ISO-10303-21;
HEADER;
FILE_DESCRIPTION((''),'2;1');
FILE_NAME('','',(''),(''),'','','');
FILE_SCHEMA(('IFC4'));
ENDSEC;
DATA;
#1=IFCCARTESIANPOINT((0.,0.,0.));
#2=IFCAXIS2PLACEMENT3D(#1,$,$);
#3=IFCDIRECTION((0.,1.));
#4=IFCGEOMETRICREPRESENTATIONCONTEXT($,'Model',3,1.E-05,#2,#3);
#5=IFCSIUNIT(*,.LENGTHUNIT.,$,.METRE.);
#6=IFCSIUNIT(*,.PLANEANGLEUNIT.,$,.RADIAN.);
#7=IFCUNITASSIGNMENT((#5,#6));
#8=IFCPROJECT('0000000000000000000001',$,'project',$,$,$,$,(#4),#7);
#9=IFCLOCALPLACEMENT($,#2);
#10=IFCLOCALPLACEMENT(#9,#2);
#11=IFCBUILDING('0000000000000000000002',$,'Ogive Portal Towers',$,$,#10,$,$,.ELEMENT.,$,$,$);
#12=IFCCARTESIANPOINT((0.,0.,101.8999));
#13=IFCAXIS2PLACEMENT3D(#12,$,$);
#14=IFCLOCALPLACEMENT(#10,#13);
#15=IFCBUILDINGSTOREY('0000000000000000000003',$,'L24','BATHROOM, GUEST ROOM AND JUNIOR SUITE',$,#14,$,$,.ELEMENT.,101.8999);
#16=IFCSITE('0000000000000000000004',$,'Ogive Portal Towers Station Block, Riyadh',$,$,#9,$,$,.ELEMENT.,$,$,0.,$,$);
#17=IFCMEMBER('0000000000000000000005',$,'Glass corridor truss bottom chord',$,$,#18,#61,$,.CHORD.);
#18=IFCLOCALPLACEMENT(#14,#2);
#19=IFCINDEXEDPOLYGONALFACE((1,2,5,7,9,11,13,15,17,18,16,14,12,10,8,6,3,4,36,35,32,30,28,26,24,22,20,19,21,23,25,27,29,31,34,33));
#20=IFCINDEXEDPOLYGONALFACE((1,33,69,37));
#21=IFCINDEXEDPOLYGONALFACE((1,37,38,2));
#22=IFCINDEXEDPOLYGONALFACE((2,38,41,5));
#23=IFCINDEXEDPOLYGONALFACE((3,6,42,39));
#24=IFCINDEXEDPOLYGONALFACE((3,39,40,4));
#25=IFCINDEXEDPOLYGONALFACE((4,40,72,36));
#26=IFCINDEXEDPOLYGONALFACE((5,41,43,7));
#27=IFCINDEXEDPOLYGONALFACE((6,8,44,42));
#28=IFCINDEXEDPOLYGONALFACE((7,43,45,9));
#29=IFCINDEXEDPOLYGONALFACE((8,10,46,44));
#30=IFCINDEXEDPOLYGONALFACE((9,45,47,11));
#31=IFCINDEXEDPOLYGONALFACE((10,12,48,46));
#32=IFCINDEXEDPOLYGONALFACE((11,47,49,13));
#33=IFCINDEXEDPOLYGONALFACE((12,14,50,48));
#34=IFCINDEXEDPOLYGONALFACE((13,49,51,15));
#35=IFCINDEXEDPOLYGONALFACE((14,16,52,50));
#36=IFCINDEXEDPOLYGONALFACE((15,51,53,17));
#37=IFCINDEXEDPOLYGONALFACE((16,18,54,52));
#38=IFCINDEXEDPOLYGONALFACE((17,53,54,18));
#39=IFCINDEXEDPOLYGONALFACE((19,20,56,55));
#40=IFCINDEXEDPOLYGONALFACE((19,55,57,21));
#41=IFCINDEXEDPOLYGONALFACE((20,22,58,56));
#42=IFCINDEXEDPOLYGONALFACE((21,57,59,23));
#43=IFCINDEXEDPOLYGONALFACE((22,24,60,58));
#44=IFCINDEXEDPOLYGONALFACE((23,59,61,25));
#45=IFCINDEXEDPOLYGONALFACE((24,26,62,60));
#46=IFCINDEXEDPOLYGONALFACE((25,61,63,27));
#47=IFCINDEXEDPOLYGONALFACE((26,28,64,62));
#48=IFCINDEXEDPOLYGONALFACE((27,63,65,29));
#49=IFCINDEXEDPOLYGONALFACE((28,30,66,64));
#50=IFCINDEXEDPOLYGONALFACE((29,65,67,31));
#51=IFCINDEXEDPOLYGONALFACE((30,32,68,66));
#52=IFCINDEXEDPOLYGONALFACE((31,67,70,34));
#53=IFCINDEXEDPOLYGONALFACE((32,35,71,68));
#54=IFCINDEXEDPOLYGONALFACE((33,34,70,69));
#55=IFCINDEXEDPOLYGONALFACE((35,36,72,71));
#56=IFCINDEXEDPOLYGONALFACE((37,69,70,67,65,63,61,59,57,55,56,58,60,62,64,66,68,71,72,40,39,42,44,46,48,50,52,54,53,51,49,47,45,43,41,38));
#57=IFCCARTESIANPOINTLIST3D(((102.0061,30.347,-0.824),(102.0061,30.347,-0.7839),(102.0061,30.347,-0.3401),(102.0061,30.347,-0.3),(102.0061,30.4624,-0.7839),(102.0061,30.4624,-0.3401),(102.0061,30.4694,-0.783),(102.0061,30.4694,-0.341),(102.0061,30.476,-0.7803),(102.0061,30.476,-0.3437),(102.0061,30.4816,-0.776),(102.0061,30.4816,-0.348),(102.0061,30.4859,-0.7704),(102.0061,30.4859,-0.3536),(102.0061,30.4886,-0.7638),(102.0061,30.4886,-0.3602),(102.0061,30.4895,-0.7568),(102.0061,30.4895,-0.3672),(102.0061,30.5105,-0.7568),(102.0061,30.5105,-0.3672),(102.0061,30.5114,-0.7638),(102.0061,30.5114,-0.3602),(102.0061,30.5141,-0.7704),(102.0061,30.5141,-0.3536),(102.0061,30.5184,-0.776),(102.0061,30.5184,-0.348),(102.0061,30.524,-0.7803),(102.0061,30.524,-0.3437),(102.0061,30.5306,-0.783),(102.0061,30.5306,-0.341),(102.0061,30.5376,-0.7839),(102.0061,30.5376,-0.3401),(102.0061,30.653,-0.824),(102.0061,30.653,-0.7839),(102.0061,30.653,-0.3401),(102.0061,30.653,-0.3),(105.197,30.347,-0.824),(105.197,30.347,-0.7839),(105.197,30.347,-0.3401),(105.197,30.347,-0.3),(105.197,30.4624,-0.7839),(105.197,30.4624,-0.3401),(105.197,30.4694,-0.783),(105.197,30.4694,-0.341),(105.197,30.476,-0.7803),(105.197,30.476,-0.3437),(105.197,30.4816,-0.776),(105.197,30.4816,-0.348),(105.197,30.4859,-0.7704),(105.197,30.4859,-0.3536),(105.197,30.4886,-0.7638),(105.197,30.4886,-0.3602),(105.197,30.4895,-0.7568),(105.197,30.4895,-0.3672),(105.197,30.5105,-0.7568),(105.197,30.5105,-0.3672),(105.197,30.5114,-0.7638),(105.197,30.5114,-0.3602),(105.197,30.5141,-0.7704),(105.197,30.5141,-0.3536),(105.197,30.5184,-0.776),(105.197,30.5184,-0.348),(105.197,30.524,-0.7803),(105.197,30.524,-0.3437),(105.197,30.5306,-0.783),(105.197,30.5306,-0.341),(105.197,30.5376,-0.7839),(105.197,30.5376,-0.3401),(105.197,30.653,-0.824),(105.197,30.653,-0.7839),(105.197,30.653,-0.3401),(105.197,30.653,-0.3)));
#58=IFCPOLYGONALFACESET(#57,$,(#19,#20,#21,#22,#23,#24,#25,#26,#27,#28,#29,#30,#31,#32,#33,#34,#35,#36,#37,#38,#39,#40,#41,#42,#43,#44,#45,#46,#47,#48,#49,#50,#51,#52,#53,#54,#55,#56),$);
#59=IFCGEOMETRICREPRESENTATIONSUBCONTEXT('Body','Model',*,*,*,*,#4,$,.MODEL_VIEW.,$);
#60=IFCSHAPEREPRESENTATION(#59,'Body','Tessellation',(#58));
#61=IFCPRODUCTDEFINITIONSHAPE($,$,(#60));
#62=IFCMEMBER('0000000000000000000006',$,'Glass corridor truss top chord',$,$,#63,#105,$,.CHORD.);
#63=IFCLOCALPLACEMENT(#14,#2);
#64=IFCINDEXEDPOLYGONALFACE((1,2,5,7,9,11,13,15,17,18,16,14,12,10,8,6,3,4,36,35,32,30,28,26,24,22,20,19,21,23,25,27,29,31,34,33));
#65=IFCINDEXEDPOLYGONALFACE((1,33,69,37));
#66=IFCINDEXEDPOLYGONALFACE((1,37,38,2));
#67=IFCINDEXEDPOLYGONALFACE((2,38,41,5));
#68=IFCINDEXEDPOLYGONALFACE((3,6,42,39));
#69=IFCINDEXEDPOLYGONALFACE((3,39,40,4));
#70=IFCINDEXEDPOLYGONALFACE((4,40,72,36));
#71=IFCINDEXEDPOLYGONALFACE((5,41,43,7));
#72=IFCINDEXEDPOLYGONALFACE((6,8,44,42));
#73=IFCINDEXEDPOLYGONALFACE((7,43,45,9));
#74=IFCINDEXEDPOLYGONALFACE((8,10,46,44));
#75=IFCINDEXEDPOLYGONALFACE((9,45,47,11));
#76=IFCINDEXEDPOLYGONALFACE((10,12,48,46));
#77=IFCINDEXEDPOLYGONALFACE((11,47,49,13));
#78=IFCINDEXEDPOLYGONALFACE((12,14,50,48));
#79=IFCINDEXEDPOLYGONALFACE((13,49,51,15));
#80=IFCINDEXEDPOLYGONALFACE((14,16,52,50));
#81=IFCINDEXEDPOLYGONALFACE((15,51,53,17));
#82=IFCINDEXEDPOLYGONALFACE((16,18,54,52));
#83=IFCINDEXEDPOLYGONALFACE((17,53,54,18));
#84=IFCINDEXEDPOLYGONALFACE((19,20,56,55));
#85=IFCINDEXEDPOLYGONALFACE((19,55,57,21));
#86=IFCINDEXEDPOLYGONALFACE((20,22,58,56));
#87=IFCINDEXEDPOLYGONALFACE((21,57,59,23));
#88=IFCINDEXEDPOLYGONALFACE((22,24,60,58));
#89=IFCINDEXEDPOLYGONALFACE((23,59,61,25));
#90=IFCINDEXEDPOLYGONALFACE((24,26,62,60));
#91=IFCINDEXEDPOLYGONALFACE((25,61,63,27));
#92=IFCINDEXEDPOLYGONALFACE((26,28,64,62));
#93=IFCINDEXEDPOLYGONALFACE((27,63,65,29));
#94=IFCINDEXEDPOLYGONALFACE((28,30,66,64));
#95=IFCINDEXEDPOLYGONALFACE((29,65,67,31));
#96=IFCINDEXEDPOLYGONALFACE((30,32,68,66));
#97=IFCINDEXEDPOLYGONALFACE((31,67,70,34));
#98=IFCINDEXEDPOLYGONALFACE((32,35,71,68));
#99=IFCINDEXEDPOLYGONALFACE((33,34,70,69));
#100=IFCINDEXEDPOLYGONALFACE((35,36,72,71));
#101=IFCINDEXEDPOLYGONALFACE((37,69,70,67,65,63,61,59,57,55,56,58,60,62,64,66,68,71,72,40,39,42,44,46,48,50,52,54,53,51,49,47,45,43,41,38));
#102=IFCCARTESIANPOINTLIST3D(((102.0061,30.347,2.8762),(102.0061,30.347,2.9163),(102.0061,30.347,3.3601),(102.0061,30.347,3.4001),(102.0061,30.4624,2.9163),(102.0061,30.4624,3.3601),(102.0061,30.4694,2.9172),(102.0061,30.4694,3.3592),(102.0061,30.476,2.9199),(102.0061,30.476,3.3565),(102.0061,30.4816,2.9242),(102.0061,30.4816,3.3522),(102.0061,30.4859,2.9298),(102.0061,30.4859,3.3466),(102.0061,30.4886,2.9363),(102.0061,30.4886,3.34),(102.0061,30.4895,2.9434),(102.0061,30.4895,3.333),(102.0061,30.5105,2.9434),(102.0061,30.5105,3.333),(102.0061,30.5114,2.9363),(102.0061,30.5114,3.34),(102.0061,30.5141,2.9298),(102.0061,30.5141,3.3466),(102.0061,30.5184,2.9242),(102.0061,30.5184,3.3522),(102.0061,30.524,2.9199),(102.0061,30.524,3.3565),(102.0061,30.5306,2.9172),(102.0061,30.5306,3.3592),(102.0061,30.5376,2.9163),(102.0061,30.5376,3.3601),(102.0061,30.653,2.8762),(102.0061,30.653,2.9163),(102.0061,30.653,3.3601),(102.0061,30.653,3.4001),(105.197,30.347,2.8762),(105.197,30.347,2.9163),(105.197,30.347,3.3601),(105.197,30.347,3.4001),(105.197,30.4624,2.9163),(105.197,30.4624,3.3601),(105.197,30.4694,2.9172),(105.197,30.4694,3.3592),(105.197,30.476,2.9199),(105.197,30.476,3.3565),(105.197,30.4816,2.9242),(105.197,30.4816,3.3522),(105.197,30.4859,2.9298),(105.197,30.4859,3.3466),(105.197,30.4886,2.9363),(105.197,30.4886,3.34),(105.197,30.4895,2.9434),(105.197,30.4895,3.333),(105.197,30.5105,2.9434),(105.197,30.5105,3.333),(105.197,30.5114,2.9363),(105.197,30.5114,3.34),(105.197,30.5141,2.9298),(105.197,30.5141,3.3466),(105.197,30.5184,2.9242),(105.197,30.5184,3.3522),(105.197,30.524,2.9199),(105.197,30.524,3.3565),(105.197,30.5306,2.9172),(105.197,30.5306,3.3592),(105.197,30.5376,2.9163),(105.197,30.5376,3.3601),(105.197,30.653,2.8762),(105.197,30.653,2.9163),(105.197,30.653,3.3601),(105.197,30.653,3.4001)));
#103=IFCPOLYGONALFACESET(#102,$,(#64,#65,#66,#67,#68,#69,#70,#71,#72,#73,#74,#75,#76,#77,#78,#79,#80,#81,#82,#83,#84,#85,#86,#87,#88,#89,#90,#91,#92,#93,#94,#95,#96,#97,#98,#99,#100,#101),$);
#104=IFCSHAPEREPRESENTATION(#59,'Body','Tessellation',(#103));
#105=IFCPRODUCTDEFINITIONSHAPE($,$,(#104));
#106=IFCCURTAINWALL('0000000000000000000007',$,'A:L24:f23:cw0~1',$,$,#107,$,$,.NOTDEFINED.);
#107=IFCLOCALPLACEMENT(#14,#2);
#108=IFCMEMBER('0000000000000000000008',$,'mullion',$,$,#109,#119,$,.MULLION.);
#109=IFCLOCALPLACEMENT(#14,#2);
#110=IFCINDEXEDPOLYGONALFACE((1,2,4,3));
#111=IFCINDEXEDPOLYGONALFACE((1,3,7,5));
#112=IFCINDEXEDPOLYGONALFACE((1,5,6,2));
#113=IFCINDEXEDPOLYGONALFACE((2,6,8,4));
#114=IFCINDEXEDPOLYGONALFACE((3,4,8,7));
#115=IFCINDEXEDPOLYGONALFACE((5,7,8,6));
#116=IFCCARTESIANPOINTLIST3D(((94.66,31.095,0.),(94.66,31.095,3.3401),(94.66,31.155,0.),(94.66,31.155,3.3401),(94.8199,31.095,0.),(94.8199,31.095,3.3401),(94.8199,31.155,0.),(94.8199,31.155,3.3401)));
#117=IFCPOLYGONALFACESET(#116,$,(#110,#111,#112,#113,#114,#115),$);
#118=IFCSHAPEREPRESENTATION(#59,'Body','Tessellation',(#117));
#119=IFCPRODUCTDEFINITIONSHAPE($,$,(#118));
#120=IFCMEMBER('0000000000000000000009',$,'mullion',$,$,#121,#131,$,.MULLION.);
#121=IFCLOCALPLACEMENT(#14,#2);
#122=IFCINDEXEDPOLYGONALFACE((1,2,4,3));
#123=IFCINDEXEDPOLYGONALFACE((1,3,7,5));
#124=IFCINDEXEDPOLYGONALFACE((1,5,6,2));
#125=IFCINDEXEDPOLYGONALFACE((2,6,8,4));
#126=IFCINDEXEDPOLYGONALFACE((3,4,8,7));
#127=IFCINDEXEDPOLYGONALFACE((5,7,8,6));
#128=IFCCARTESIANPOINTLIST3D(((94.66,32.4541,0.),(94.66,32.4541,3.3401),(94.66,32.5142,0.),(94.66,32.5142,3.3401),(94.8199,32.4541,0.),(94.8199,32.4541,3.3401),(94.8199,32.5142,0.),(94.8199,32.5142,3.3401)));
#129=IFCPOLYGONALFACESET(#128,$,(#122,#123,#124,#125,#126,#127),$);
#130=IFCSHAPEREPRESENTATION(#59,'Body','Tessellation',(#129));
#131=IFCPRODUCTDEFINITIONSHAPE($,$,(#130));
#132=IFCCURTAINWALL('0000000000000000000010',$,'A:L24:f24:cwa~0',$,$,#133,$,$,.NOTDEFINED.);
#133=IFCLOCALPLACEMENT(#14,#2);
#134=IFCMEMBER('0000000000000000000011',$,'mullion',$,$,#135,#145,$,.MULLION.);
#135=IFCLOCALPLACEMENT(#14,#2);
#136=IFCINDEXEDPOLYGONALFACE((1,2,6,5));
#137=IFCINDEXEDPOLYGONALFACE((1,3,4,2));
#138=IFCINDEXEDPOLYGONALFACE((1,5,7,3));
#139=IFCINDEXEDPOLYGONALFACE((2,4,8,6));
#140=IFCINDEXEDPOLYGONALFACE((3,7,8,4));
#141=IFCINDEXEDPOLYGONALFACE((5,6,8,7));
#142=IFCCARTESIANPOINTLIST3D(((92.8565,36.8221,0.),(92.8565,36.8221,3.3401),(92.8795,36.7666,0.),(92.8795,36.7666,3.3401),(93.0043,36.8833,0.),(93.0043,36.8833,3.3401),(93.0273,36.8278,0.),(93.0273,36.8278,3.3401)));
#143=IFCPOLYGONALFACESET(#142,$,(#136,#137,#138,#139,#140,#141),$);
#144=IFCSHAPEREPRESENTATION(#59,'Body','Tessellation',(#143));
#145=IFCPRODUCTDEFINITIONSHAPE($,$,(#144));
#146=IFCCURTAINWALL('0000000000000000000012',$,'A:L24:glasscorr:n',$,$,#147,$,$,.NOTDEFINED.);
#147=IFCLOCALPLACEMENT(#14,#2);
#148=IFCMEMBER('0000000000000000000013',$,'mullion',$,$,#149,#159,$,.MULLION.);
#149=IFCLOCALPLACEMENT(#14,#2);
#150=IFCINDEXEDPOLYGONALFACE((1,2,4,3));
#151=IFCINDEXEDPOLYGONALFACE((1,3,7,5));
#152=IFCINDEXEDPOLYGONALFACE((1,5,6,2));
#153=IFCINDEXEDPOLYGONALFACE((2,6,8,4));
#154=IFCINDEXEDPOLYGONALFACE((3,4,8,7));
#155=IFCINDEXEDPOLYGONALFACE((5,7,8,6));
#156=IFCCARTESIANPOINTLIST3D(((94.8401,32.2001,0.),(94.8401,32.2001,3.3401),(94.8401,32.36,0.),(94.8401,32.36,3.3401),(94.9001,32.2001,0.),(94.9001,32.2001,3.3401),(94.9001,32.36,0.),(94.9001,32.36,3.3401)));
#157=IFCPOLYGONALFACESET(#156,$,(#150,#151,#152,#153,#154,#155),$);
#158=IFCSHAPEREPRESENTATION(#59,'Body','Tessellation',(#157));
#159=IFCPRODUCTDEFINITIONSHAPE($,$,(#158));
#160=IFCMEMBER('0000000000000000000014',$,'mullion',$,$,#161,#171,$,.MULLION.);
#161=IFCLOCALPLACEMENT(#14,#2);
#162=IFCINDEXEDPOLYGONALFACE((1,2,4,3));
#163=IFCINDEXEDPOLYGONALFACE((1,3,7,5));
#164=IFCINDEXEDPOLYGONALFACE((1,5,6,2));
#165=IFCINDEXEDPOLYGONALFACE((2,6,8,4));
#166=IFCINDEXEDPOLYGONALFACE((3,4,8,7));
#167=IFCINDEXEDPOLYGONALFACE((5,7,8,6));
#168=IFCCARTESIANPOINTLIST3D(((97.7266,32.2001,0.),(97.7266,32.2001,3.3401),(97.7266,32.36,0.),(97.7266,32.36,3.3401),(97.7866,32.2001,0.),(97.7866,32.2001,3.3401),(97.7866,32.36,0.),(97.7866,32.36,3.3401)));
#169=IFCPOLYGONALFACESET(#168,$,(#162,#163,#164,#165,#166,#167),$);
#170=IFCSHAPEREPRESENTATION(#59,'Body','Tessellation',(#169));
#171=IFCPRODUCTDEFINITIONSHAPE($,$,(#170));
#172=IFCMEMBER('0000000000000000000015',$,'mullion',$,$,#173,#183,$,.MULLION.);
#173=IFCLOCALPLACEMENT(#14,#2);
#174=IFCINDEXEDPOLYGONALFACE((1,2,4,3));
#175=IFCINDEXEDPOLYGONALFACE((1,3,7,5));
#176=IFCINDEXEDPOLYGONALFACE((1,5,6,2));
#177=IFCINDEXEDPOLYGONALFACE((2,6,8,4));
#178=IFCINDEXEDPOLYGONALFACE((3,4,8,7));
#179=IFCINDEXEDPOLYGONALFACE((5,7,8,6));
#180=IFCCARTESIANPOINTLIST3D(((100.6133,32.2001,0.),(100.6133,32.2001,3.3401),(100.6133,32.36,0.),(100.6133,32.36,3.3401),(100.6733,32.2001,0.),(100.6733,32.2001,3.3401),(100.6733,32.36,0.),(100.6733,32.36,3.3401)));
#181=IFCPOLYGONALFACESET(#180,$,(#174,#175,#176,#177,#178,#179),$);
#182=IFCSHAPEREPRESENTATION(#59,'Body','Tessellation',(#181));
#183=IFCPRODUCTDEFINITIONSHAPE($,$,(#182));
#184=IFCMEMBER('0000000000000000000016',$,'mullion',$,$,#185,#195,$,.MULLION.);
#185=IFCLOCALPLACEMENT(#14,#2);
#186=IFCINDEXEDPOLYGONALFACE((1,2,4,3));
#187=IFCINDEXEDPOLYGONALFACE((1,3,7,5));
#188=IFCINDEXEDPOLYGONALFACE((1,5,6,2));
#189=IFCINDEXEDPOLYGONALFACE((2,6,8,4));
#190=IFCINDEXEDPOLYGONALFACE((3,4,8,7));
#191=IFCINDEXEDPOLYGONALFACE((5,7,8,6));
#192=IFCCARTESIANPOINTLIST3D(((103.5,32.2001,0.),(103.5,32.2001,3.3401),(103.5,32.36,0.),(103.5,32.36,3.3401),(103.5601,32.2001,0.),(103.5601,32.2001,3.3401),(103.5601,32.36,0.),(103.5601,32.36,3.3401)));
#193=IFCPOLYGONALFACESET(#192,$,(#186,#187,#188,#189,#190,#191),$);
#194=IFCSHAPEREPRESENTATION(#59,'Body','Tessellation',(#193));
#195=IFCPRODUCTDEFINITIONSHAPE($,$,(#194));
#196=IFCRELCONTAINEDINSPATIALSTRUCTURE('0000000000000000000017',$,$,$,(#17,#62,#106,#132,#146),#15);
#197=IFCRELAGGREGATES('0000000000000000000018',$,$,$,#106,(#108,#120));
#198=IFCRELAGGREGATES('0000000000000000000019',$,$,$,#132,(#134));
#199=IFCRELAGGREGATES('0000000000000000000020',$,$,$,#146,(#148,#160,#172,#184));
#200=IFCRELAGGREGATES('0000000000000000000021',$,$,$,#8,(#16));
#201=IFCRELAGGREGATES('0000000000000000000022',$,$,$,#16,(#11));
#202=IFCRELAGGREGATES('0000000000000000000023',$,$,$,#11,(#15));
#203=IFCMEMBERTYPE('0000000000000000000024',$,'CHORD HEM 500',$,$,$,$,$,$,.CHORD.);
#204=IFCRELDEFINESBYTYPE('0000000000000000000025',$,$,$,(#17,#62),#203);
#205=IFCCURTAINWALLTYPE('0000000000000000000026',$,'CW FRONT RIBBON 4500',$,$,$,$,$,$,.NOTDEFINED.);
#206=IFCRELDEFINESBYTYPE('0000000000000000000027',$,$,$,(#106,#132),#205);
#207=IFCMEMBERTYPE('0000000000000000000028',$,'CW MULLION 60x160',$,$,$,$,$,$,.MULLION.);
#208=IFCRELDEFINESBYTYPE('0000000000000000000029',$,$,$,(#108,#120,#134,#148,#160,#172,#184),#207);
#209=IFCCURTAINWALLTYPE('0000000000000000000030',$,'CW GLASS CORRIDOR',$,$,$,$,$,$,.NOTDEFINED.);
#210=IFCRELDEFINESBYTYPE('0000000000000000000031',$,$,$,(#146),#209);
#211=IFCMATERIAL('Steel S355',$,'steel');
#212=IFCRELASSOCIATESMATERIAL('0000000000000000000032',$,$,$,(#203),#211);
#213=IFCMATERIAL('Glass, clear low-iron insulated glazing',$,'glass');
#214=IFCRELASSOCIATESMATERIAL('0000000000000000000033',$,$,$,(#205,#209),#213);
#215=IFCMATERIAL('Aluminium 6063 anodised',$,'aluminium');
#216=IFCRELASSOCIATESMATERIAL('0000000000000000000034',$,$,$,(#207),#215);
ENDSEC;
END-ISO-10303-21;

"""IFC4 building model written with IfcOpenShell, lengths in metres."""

from ifc_helpers import new_model, si_unit, direction, frame, origin, origin_2d, place, context, subcontext, project, spatial, rectangle, i_section, extrude, material, material_profile, profile_set, type_object, element, aggregate, save


model = new_model("IFC4")

# Units and contexts
model_context = context("Model", 3, precision=1e-05, world=origin(), true_north=direction((0.0, 1.0)))
body_context = subcontext(model_context, "Body", "Model", "MODEL_VIEW")
ifc_project = project(units=[si_unit("LENGTHUNIT", "METRE"), si_unit("PLANEANGLEUNIT", "RADIAN")], contexts=[model_context])

# Site, building, storey
site_placement = place(None, origin())
site = spatial("IfcSite", under=ifc_project, at=site_placement, Name="Ogive Portal Towers Station Block, Riyadh", CompositionType="ELEMENT", RefElevation=0.0)
building_placement = place(site_placement, origin())
building = spatial("IfcBuilding", under=site, at=building_placement, Name="Ogive Portal Towers", CompositionType="ELEMENT")
storey_placement = place(building_placement, frame((0.0, 0.0, 101.8999)))
storey = spatial("IfcBuildingStorey", under=building, at=storey_placement, Name="L24", Description="BATHROOM, GUEST ROOM AND JUNIOR SUITE", CompositionType="ELEMENT", Elevation=101.8999)

# Members
ifc_material_1 = material(Name="Steel S355", Category="steel")
ifc_material_profile_1 = material_profile(ifc_material_1, i_section(OverallWidth=0.3059, OverallDepth=0.5239, WebThickness=0.021, FlangeThickness=0.04, FilletRadius=0.0271, at=origin_2d()), Name="HEM 500")
ifc_profile_set_1 = profile_set([ifc_material_profile_1], Name="Steel S355")
member_type_1 = type_object("IfcMemberType", Name="CHORD HEM 500", PredefinedType="CHORD", material=ifc_profile_set_1)
for number, where, z_axis, x_axis, name in (
    (1, (102.0061, 30.5, -0.562), (1.0, 0.0, 0.0), (0.0, 1.0, 0.0), "Glass corridor truss bottom chord"),
    (2, (102.0061, 30.5, 3.1382), (1.0, 0.0, 0.0), (0.0, 1.0, 0.0), "Glass corridor truss top chord"),
):
    element("IfcMember", number, at=place(storey_placement, frame(where, z_axis=z_axis, x_axis=x_axis)), inside=storey, type_object=member_type_1, Name=name, PredefinedType="CHORD", context=body_context, shape_type="SweptSolid", body=[
        extrude(i_section(OverallWidth=0.3059, OverallDepth=0.5239, WebThickness=0.021, FlangeThickness=0.04, FilletRadius=0.0271, at=origin_2d()), origin(), (0.0, 0.0, 1.0), 3.1909),
    ])

# Curtain wall, members
ifc_material_2 = material(Name="Glass, clear low-iron insulated glazing", Category="glass")
curtain_wall_type_1 = type_object("IfcCurtainWallType", Name="CW FRONT RIBBON 4500", PredefinedType="NOTDEFINED", material=ifc_material_2)
curtain_wall_1_placement = place(storey_placement, origin())
curtain_wall_1 = element("IfcCurtainWall", 3, at=curtain_wall_1_placement, inside=storey, type_object=curtain_wall_type_1, Name="A:L24:f23:cw0~1", PredefinedType="NOTDEFINED")
ifc_material_3 = material(Name="Aluminium 6063 anodised", Category="aluminium")
ifc_material_profile_2 = material_profile(ifc_material_3, rectangle(XDim=0.1599, YDim=0.0601, at=origin_2d()), Name="AL 60x160")
ifc_profile_set_2 = profile_set([ifc_material_profile_2], Name="Aluminium 6063 anodised")
member_type_2 = type_object("IfcMemberType", Name="CW MULLION 60x160", PredefinedType="MULLION", material=ifc_profile_set_2)
member_1_placement = place(storey_placement, frame((94.74, 31.125, 0.0), z_axis=(0.0, 0.0, 1.0), x_axis=(-1.0, 0.0, 0.0)))
member_1 = element("IfcMember", 4, at=member_1_placement, type_object=member_type_2, Name="mullion", PredefinedType="MULLION", context=body_context, shape_type="SweptSolid", body=[
    extrude(rectangle(XDim=0.1599, YDim=0.0601, at=origin_2d()), origin(), (0.0, 0.0, 1.0), 3.3401),
])
member_2_placement = place(storey_placement, frame((94.74, 32.4841, 0.0), z_axis=(0.0, 0.0, 1.0), x_axis=(-1.0, 0.0, 0.0)))
member_2 = element("IfcMember", 5, at=member_2_placement, type_object=member_type_2, Name="mullion", PredefinedType="MULLION", context=body_context, shape_type="SweptSolid", body=[
    extrude(rectangle(XDim=0.1599, YDim=0.0601, at=origin_2d()), origin(), (0.0, 0.0, 1.0), 3.3401),
])

# Curtain wall, member
curtain_wall_2_placement = place(storey_placement, origin())
curtain_wall_2 = element("IfcCurtainWall", 6, at=curtain_wall_2_placement, inside=storey, type_object=curtain_wall_type_1, Name="A:L24:f24:cwa~0", PredefinedType="NOTDEFINED")
member_3_placement = place(storey_placement, frame((92.9419, 36.825, 0.0), z_axis=(0.0, 0.0, 1.0), x_axis=(-0.92388, -0.382683, 0.0)))
member_3 = element("IfcMember", 7, at=member_3_placement, type_object=member_type_2, Name="mullion", PredefinedType="MULLION", context=body_context, shape_type="SweptSolid", body=[
    extrude(rectangle(XDim=0.1599, YDim=0.0601, at=origin_2d()), origin(), (0.0, 0.0, 1.0), 3.3401),
])

# Curtain wall, members
curtain_wall_type_2 = type_object("IfcCurtainWallType", Name="CW GLASS CORRIDOR", PredefinedType="NOTDEFINED", material=ifc_material_2)
curtain_wall_3_placement = place(storey_placement, origin())
curtain_wall_3 = element("IfcCurtainWall", 8, at=curtain_wall_3_placement, inside=storey, type_object=curtain_wall_type_2, Name="A:L24:glasscorr:n", PredefinedType="NOTDEFINED")
member_4_placement = place(storey_placement, frame((94.8701, 32.28, 0.0), z_axis=(0.0, 0.0, 1.0), x_axis=(0.0, 1.0, 0.0)))
member_4 = element("IfcMember", 9, at=member_4_placement, type_object=member_type_2, Name="mullion", PredefinedType="MULLION", context=body_context, shape_type="SweptSolid", body=[
    extrude(rectangle(XDim=0.1599, YDim=0.0601, at=origin_2d()), origin(), (0.0, 0.0, 1.0), 3.3401),
])
member_5_placement = place(storey_placement, frame((97.7566, 32.28, 0.0), z_axis=(0.0, 0.0, 1.0), x_axis=(0.0, 1.0, 0.0)))
member_5 = element("IfcMember", 10, at=member_5_placement, type_object=member_type_2, Name="mullion", PredefinedType="MULLION", context=body_context, shape_type="SweptSolid", body=[
    extrude(rectangle(XDim=0.1599, YDim=0.0601, at=origin_2d()), origin(), (0.0, 0.0, 1.0), 3.3401),
])
member_6_placement = place(storey_placement, frame((100.6433, 32.28, 0.0), z_axis=(0.0, 0.0, 1.0), x_axis=(0.0, 1.0, 0.0)))
member_6 = element("IfcMember", 11, at=member_6_placement, type_object=member_type_2, Name="mullion", PredefinedType="MULLION", context=body_context, shape_type="SweptSolid", body=[
    extrude(rectangle(XDim=0.1599, YDim=0.0601, at=origin_2d()), origin(), (0.0, 0.0, 1.0), 3.3401),
])
member_7_placement = place(storey_placement, frame((103.53, 32.28, 0.0), z_axis=(0.0, 0.0, 1.0), x_axis=(0.0, 1.0, 0.0)))
member_7 = element("IfcMember", 12, at=member_7_placement, type_object=member_type_2, Name="mullion", PredefinedType="MULLION", context=body_context, shape_type="SweptSolid", body=[
    extrude(rectangle(XDim=0.1599, YDim=0.0601, at=origin_2d()), origin(), (0.0, 0.0, 1.0), 3.3401),
])

aggregate(curtain_wall_1, [member_1, member_2])
aggregate(curtain_wall_2, [member_3])
aggregate(curtain_wall_3, [member_4, member_5, member_6, member_7])

save(model, "model.ifc")
